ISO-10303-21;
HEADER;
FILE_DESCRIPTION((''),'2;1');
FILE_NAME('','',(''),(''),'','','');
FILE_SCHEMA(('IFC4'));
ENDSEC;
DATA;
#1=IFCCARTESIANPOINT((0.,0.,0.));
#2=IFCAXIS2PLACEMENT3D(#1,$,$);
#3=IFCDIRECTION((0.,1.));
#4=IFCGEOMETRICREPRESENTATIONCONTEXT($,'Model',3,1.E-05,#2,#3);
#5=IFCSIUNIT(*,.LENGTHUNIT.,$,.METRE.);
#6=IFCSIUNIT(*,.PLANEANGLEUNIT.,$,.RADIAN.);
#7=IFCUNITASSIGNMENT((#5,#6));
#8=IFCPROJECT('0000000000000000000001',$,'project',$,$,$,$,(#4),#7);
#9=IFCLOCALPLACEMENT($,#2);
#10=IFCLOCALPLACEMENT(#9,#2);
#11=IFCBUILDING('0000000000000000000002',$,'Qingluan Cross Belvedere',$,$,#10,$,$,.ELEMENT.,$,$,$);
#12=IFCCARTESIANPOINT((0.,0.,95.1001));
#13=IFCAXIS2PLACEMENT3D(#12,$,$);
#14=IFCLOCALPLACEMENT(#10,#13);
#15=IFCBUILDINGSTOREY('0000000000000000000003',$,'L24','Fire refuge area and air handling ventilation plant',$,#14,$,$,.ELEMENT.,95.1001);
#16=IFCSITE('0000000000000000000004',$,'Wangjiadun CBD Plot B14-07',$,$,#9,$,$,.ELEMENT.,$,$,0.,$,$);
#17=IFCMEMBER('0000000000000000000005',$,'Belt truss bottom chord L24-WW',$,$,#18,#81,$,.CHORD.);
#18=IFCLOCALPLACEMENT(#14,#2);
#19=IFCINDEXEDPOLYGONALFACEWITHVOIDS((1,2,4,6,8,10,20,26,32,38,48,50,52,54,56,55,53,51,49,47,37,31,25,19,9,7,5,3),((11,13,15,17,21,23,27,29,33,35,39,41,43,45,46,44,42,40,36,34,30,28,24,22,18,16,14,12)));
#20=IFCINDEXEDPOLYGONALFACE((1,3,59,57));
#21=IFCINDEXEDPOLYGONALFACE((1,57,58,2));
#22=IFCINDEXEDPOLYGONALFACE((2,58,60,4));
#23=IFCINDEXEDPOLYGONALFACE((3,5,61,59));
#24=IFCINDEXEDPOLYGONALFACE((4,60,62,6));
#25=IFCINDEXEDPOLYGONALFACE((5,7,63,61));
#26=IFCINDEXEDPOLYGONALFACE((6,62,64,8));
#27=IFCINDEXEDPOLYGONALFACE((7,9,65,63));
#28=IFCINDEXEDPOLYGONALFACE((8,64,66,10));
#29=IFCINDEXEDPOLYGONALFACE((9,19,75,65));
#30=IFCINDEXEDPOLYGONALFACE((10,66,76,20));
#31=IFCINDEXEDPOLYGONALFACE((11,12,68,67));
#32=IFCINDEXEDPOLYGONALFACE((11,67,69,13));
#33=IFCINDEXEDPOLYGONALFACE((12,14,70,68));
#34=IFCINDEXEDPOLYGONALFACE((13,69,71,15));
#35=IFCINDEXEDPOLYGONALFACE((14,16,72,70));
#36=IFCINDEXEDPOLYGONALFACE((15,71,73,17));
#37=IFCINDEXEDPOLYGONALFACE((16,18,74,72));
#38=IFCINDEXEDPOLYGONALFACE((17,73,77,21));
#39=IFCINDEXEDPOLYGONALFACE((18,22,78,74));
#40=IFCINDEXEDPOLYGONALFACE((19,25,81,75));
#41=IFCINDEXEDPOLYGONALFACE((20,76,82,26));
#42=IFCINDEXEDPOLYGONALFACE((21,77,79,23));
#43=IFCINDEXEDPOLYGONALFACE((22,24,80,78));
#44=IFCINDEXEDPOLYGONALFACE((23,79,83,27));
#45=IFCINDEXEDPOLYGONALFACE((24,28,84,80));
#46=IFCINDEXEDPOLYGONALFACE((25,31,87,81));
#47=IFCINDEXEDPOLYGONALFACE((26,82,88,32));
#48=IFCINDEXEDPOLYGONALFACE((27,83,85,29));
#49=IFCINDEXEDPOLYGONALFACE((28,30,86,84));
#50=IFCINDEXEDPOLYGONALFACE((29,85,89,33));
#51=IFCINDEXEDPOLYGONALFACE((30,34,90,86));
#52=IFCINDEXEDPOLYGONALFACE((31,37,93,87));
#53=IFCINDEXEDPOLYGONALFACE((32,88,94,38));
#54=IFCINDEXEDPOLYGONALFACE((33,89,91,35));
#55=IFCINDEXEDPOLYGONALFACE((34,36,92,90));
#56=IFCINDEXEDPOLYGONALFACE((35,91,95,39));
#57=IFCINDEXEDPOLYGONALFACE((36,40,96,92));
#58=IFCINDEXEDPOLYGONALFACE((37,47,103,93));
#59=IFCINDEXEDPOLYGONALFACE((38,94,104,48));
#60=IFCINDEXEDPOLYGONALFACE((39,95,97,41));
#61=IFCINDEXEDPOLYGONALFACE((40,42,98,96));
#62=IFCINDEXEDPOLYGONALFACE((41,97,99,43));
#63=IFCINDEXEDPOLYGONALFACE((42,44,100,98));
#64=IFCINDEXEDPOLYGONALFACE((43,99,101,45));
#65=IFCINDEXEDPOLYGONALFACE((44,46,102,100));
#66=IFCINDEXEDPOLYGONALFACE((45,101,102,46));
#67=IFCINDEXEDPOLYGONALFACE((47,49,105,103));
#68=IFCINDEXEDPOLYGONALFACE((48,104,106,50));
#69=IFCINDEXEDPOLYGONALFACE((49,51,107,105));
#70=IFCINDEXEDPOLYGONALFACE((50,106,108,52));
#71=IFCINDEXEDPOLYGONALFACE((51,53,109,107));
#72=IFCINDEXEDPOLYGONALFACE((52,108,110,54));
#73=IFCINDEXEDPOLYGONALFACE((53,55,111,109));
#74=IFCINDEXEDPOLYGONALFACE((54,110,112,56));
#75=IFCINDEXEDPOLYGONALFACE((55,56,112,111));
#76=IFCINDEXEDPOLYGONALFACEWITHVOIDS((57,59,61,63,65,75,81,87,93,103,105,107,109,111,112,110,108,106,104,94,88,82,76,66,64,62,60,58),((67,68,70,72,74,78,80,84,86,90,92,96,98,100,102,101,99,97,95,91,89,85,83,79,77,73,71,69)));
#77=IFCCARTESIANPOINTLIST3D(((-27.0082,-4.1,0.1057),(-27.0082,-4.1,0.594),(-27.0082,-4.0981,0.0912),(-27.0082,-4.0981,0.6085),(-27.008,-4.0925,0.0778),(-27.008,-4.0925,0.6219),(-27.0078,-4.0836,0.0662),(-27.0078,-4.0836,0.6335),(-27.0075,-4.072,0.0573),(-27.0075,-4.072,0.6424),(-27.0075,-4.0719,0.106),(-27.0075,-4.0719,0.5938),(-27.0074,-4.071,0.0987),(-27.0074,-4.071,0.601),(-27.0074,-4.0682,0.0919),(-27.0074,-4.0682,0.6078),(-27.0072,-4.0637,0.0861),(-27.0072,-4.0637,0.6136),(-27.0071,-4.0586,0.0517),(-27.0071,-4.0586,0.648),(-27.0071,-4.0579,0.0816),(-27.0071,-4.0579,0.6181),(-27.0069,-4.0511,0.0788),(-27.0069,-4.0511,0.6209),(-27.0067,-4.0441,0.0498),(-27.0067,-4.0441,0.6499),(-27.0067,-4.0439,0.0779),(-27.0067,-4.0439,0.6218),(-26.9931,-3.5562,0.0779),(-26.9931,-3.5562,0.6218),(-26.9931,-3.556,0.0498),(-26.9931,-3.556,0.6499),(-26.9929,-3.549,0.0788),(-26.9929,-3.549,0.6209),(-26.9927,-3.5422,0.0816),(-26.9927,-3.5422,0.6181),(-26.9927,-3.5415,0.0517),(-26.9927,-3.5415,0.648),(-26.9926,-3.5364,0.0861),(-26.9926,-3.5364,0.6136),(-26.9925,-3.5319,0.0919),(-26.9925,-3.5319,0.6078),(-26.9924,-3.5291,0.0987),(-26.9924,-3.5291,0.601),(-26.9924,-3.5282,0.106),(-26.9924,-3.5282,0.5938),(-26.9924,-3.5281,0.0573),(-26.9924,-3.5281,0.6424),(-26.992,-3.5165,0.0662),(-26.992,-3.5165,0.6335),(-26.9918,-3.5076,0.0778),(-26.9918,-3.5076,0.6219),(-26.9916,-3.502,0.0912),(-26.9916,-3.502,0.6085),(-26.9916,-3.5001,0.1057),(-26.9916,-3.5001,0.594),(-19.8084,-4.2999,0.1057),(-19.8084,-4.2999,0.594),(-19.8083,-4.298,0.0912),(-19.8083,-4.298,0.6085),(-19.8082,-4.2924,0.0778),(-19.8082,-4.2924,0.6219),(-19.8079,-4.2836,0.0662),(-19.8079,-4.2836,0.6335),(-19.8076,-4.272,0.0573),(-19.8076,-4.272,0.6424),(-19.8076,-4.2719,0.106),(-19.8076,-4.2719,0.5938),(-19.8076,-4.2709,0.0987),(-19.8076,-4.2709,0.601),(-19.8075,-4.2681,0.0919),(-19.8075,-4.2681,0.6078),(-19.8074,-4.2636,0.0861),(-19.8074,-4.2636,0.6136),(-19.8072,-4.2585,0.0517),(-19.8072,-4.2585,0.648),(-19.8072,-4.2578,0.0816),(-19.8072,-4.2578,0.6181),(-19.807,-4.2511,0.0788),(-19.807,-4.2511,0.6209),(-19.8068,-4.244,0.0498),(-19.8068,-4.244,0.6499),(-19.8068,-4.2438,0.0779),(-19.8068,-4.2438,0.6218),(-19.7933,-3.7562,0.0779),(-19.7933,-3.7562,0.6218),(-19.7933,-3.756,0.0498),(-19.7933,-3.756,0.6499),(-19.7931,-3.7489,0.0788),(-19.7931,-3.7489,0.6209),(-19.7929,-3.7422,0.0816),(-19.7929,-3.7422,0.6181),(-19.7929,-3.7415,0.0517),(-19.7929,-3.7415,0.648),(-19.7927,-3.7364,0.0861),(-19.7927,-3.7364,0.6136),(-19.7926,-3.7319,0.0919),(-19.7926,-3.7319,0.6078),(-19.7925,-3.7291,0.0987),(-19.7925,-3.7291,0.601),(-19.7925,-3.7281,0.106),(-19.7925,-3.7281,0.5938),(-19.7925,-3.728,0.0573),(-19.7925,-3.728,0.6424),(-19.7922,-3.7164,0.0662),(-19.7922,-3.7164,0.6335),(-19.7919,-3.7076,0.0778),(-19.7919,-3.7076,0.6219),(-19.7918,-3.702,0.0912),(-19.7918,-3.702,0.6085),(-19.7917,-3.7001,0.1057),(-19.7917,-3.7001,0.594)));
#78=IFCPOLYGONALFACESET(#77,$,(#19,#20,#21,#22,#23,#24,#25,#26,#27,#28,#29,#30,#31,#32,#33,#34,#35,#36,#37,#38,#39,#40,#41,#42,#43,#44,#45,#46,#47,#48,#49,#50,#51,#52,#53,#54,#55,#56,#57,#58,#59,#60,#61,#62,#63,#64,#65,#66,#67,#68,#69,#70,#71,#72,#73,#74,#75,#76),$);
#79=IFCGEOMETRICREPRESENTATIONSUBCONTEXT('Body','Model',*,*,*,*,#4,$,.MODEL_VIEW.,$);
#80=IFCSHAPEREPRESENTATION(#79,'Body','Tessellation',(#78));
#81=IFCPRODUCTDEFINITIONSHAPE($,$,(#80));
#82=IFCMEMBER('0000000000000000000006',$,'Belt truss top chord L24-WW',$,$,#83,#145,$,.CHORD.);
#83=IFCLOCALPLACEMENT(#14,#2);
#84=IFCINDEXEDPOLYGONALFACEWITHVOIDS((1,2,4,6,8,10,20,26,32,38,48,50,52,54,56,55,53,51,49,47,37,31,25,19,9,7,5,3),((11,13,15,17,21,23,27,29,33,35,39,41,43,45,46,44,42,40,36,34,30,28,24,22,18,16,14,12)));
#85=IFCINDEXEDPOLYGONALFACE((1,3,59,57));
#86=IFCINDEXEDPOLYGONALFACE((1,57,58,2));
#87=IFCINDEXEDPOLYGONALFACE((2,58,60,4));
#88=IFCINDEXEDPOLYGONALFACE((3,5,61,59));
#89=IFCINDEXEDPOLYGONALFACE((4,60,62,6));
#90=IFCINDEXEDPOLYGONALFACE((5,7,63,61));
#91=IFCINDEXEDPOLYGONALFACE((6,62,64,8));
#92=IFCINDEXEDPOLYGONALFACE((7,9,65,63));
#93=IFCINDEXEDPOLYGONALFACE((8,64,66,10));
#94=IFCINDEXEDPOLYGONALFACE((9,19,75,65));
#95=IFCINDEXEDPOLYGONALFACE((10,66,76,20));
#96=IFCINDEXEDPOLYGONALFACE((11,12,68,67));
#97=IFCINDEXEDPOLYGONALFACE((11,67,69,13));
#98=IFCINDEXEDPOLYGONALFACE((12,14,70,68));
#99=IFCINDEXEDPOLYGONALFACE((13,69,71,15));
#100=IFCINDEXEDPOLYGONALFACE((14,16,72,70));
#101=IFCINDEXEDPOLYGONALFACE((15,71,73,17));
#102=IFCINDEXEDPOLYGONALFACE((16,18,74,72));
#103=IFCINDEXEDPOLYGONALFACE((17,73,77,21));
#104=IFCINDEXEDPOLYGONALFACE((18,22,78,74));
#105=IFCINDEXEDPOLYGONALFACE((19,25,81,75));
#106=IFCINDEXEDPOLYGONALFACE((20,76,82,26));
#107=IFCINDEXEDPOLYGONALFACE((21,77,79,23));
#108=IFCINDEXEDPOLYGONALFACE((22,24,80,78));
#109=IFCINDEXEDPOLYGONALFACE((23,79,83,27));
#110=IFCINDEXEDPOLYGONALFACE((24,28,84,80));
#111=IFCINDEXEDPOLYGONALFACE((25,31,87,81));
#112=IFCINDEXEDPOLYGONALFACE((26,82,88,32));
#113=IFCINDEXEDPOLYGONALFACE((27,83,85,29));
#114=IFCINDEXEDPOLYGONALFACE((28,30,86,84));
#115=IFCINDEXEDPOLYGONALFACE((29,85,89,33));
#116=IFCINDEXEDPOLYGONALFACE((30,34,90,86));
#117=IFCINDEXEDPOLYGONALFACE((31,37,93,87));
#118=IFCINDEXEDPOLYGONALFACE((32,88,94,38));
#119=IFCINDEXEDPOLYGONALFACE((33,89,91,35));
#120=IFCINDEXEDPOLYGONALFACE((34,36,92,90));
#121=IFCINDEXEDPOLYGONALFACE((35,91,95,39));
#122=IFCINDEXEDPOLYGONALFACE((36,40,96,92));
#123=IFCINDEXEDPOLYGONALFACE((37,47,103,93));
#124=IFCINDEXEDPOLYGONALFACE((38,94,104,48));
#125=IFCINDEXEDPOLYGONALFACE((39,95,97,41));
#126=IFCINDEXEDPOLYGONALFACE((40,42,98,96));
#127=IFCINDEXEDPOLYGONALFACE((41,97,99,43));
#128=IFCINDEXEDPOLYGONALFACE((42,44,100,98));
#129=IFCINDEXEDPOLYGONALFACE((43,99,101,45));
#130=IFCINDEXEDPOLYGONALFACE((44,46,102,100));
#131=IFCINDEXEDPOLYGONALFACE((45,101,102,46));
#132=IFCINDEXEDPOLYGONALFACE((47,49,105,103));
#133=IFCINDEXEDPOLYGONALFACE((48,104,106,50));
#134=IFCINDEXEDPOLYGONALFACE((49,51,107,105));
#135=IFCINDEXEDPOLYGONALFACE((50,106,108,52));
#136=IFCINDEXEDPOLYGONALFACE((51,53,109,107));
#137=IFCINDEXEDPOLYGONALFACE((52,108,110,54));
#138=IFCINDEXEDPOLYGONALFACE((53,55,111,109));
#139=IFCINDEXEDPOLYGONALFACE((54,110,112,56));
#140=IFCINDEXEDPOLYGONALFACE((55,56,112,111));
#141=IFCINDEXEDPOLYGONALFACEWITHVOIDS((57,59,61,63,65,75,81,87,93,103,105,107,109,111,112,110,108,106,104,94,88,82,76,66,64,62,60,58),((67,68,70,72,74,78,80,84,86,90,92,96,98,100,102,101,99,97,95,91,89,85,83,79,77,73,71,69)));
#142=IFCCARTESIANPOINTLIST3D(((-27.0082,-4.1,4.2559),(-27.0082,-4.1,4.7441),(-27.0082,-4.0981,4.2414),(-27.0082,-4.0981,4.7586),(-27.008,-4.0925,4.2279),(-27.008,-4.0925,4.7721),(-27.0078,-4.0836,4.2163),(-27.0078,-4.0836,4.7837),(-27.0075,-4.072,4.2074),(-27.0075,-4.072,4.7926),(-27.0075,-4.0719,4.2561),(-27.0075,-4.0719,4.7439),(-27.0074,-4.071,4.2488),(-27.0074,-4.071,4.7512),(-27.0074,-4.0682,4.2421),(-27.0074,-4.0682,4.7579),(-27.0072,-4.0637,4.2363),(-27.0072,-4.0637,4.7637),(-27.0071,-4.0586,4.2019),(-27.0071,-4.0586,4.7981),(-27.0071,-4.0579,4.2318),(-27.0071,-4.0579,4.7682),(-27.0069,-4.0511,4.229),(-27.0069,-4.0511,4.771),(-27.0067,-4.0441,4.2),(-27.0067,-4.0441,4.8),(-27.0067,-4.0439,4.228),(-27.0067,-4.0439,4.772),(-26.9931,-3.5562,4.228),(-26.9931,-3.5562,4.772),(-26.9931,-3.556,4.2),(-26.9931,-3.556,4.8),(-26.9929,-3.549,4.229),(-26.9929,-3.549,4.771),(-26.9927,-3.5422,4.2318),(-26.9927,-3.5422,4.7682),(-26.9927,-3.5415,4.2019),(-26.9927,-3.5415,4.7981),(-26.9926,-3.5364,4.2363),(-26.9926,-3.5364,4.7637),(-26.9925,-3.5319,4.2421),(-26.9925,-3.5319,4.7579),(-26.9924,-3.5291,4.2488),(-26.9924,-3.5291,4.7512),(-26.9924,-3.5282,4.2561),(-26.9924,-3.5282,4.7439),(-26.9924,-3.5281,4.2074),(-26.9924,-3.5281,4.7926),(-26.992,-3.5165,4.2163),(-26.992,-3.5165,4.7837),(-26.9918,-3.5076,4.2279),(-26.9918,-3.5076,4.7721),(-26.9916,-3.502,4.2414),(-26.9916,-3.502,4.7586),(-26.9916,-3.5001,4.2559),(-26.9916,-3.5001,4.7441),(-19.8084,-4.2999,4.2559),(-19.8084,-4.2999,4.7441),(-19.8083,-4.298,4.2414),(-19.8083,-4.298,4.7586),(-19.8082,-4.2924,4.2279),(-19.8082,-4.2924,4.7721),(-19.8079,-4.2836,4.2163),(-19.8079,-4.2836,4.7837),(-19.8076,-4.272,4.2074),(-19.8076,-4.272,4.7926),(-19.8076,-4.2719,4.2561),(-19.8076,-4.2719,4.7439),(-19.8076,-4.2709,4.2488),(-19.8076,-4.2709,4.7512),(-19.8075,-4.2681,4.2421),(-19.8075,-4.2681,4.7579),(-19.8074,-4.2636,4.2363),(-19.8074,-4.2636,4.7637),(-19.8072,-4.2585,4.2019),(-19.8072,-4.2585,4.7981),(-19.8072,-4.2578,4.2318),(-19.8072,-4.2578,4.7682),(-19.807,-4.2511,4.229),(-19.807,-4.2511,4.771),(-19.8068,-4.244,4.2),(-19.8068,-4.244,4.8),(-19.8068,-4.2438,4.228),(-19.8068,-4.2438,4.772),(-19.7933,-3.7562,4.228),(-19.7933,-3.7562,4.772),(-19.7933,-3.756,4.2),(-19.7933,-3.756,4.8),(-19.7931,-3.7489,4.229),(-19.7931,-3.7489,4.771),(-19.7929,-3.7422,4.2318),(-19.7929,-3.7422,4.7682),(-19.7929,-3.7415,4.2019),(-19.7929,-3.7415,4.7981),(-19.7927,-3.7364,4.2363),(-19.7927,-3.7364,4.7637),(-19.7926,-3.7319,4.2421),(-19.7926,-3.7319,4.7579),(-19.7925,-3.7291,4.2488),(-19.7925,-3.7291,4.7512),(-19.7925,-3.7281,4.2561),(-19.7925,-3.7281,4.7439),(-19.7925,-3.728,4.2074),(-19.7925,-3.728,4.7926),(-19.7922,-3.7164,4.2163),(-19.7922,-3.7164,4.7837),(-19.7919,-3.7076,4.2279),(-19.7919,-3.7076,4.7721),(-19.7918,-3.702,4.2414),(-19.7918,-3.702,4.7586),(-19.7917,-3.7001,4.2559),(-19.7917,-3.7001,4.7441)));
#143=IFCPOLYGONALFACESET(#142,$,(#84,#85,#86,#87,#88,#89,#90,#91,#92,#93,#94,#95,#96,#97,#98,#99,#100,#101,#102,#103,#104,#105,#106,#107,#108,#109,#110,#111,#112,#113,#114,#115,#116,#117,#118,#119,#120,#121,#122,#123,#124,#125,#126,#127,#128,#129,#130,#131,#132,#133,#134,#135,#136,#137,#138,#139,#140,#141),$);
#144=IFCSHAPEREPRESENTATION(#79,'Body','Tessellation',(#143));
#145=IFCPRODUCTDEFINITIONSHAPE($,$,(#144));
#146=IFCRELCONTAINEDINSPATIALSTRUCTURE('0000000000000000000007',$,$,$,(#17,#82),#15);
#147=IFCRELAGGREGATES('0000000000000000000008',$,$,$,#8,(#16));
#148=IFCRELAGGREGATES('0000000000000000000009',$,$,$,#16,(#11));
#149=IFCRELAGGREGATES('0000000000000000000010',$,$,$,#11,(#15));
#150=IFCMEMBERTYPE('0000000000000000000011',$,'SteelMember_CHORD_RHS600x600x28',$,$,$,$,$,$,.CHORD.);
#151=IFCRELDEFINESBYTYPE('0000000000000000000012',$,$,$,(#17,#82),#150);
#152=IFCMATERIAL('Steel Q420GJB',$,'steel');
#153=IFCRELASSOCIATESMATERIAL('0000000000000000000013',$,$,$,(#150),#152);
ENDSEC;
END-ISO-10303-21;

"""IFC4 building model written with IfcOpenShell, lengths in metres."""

from ifc_helpers import new_model, si_unit, direction, frame, origin, origin_2d, place, context, subcontext, project, spatial, hollow_rectangle, extrude, material, material_profile, profile_set, type_object, element, save


model = new_model("IFC4")

# Units and contexts
model_context = context("Model", 3, precision=1e-05, world=origin(), true_north=direction((0.0, 1.0)))
body_context = subcontext(model_context, "Body", "Model", "MODEL_VIEW")
ifc_project = project(units=[si_unit("LENGTHUNIT", "METRE"), si_unit("PLANEANGLEUNIT", "RADIAN")], contexts=[model_context])

# Site, building, storey
site_placement = place(None, origin())
site = spatial("IfcSite", under=ifc_project, at=site_placement, Name="Wangjiadun CBD Plot B14-07", CompositionType="ELEMENT", RefElevation=0.0)
building_placement = place(site_placement, origin())
building = spatial("IfcBuilding", under=site, at=building_placement, Name="Qingluan Cross Belvedere", CompositionType="ELEMENT")
storey_placement = place(building_placement, frame((0.0, 0.0, 95.1001)))
storey = spatial("IfcBuildingStorey", under=building, at=storey_placement, Name="L24", Description="Fire refuge area and air handling ventilation plant", CompositionType="ELEMENT", Elevation=95.1001)

# Members
ifc_material_1 = material(Name="Steel Q420GJB", Category="steel")
ifc_material_profile_1 = material_profile(ifc_material_1, hollow_rectangle(XDim=0.6001, YDim=0.6001, WallThickness=0.0281, InnerFilletRadius=0.0281, OuterFilletRadius=0.0559, at=origin_2d()), Name="RHS600x600x28")
ifc_profile_set_1 = profile_set([ifc_material_profile_1], Name="Steel Q420GJB")
member_type_1 = type_object("IfcMemberType", Name="SteelMember_CHORD_RHS600x600x28", PredefinedType="CHORD", material=ifc_profile_set_1)
for number, where, z_axis, x_axis, name in (
    (1, (-19.8, -4.0, 0.3499), (-0.999615, 0.02776, 0.0), (-0.02776, -0.999615, 0.0), "Belt truss bottom chord L24-WW"),
    (2, (-19.8, -4.0, 4.5), (-0.999615, 0.02776, 0.0), (-0.02776, -0.999615, 0.0), "Belt truss top chord L24-WW"),
):
    element("IfcMember", number, at=place(storey_placement, frame(where, z_axis=z_axis, x_axis=x_axis)), inside=storey, type_object=member_type_1, Name=name, PredefinedType="CHORD", context=body_context, shape_type="SweptSolid", body=[
        extrude(hollow_rectangle(XDim=0.6001, YDim=0.6001, WallThickness=0.0281, InnerFilletRadius=0.0281, OuterFilletRadius=0.0559, at=origin_2d()), origin(), (0.0, 0.0, 1.0), 7.2026),
    ])

save(model, "model.ifc")
